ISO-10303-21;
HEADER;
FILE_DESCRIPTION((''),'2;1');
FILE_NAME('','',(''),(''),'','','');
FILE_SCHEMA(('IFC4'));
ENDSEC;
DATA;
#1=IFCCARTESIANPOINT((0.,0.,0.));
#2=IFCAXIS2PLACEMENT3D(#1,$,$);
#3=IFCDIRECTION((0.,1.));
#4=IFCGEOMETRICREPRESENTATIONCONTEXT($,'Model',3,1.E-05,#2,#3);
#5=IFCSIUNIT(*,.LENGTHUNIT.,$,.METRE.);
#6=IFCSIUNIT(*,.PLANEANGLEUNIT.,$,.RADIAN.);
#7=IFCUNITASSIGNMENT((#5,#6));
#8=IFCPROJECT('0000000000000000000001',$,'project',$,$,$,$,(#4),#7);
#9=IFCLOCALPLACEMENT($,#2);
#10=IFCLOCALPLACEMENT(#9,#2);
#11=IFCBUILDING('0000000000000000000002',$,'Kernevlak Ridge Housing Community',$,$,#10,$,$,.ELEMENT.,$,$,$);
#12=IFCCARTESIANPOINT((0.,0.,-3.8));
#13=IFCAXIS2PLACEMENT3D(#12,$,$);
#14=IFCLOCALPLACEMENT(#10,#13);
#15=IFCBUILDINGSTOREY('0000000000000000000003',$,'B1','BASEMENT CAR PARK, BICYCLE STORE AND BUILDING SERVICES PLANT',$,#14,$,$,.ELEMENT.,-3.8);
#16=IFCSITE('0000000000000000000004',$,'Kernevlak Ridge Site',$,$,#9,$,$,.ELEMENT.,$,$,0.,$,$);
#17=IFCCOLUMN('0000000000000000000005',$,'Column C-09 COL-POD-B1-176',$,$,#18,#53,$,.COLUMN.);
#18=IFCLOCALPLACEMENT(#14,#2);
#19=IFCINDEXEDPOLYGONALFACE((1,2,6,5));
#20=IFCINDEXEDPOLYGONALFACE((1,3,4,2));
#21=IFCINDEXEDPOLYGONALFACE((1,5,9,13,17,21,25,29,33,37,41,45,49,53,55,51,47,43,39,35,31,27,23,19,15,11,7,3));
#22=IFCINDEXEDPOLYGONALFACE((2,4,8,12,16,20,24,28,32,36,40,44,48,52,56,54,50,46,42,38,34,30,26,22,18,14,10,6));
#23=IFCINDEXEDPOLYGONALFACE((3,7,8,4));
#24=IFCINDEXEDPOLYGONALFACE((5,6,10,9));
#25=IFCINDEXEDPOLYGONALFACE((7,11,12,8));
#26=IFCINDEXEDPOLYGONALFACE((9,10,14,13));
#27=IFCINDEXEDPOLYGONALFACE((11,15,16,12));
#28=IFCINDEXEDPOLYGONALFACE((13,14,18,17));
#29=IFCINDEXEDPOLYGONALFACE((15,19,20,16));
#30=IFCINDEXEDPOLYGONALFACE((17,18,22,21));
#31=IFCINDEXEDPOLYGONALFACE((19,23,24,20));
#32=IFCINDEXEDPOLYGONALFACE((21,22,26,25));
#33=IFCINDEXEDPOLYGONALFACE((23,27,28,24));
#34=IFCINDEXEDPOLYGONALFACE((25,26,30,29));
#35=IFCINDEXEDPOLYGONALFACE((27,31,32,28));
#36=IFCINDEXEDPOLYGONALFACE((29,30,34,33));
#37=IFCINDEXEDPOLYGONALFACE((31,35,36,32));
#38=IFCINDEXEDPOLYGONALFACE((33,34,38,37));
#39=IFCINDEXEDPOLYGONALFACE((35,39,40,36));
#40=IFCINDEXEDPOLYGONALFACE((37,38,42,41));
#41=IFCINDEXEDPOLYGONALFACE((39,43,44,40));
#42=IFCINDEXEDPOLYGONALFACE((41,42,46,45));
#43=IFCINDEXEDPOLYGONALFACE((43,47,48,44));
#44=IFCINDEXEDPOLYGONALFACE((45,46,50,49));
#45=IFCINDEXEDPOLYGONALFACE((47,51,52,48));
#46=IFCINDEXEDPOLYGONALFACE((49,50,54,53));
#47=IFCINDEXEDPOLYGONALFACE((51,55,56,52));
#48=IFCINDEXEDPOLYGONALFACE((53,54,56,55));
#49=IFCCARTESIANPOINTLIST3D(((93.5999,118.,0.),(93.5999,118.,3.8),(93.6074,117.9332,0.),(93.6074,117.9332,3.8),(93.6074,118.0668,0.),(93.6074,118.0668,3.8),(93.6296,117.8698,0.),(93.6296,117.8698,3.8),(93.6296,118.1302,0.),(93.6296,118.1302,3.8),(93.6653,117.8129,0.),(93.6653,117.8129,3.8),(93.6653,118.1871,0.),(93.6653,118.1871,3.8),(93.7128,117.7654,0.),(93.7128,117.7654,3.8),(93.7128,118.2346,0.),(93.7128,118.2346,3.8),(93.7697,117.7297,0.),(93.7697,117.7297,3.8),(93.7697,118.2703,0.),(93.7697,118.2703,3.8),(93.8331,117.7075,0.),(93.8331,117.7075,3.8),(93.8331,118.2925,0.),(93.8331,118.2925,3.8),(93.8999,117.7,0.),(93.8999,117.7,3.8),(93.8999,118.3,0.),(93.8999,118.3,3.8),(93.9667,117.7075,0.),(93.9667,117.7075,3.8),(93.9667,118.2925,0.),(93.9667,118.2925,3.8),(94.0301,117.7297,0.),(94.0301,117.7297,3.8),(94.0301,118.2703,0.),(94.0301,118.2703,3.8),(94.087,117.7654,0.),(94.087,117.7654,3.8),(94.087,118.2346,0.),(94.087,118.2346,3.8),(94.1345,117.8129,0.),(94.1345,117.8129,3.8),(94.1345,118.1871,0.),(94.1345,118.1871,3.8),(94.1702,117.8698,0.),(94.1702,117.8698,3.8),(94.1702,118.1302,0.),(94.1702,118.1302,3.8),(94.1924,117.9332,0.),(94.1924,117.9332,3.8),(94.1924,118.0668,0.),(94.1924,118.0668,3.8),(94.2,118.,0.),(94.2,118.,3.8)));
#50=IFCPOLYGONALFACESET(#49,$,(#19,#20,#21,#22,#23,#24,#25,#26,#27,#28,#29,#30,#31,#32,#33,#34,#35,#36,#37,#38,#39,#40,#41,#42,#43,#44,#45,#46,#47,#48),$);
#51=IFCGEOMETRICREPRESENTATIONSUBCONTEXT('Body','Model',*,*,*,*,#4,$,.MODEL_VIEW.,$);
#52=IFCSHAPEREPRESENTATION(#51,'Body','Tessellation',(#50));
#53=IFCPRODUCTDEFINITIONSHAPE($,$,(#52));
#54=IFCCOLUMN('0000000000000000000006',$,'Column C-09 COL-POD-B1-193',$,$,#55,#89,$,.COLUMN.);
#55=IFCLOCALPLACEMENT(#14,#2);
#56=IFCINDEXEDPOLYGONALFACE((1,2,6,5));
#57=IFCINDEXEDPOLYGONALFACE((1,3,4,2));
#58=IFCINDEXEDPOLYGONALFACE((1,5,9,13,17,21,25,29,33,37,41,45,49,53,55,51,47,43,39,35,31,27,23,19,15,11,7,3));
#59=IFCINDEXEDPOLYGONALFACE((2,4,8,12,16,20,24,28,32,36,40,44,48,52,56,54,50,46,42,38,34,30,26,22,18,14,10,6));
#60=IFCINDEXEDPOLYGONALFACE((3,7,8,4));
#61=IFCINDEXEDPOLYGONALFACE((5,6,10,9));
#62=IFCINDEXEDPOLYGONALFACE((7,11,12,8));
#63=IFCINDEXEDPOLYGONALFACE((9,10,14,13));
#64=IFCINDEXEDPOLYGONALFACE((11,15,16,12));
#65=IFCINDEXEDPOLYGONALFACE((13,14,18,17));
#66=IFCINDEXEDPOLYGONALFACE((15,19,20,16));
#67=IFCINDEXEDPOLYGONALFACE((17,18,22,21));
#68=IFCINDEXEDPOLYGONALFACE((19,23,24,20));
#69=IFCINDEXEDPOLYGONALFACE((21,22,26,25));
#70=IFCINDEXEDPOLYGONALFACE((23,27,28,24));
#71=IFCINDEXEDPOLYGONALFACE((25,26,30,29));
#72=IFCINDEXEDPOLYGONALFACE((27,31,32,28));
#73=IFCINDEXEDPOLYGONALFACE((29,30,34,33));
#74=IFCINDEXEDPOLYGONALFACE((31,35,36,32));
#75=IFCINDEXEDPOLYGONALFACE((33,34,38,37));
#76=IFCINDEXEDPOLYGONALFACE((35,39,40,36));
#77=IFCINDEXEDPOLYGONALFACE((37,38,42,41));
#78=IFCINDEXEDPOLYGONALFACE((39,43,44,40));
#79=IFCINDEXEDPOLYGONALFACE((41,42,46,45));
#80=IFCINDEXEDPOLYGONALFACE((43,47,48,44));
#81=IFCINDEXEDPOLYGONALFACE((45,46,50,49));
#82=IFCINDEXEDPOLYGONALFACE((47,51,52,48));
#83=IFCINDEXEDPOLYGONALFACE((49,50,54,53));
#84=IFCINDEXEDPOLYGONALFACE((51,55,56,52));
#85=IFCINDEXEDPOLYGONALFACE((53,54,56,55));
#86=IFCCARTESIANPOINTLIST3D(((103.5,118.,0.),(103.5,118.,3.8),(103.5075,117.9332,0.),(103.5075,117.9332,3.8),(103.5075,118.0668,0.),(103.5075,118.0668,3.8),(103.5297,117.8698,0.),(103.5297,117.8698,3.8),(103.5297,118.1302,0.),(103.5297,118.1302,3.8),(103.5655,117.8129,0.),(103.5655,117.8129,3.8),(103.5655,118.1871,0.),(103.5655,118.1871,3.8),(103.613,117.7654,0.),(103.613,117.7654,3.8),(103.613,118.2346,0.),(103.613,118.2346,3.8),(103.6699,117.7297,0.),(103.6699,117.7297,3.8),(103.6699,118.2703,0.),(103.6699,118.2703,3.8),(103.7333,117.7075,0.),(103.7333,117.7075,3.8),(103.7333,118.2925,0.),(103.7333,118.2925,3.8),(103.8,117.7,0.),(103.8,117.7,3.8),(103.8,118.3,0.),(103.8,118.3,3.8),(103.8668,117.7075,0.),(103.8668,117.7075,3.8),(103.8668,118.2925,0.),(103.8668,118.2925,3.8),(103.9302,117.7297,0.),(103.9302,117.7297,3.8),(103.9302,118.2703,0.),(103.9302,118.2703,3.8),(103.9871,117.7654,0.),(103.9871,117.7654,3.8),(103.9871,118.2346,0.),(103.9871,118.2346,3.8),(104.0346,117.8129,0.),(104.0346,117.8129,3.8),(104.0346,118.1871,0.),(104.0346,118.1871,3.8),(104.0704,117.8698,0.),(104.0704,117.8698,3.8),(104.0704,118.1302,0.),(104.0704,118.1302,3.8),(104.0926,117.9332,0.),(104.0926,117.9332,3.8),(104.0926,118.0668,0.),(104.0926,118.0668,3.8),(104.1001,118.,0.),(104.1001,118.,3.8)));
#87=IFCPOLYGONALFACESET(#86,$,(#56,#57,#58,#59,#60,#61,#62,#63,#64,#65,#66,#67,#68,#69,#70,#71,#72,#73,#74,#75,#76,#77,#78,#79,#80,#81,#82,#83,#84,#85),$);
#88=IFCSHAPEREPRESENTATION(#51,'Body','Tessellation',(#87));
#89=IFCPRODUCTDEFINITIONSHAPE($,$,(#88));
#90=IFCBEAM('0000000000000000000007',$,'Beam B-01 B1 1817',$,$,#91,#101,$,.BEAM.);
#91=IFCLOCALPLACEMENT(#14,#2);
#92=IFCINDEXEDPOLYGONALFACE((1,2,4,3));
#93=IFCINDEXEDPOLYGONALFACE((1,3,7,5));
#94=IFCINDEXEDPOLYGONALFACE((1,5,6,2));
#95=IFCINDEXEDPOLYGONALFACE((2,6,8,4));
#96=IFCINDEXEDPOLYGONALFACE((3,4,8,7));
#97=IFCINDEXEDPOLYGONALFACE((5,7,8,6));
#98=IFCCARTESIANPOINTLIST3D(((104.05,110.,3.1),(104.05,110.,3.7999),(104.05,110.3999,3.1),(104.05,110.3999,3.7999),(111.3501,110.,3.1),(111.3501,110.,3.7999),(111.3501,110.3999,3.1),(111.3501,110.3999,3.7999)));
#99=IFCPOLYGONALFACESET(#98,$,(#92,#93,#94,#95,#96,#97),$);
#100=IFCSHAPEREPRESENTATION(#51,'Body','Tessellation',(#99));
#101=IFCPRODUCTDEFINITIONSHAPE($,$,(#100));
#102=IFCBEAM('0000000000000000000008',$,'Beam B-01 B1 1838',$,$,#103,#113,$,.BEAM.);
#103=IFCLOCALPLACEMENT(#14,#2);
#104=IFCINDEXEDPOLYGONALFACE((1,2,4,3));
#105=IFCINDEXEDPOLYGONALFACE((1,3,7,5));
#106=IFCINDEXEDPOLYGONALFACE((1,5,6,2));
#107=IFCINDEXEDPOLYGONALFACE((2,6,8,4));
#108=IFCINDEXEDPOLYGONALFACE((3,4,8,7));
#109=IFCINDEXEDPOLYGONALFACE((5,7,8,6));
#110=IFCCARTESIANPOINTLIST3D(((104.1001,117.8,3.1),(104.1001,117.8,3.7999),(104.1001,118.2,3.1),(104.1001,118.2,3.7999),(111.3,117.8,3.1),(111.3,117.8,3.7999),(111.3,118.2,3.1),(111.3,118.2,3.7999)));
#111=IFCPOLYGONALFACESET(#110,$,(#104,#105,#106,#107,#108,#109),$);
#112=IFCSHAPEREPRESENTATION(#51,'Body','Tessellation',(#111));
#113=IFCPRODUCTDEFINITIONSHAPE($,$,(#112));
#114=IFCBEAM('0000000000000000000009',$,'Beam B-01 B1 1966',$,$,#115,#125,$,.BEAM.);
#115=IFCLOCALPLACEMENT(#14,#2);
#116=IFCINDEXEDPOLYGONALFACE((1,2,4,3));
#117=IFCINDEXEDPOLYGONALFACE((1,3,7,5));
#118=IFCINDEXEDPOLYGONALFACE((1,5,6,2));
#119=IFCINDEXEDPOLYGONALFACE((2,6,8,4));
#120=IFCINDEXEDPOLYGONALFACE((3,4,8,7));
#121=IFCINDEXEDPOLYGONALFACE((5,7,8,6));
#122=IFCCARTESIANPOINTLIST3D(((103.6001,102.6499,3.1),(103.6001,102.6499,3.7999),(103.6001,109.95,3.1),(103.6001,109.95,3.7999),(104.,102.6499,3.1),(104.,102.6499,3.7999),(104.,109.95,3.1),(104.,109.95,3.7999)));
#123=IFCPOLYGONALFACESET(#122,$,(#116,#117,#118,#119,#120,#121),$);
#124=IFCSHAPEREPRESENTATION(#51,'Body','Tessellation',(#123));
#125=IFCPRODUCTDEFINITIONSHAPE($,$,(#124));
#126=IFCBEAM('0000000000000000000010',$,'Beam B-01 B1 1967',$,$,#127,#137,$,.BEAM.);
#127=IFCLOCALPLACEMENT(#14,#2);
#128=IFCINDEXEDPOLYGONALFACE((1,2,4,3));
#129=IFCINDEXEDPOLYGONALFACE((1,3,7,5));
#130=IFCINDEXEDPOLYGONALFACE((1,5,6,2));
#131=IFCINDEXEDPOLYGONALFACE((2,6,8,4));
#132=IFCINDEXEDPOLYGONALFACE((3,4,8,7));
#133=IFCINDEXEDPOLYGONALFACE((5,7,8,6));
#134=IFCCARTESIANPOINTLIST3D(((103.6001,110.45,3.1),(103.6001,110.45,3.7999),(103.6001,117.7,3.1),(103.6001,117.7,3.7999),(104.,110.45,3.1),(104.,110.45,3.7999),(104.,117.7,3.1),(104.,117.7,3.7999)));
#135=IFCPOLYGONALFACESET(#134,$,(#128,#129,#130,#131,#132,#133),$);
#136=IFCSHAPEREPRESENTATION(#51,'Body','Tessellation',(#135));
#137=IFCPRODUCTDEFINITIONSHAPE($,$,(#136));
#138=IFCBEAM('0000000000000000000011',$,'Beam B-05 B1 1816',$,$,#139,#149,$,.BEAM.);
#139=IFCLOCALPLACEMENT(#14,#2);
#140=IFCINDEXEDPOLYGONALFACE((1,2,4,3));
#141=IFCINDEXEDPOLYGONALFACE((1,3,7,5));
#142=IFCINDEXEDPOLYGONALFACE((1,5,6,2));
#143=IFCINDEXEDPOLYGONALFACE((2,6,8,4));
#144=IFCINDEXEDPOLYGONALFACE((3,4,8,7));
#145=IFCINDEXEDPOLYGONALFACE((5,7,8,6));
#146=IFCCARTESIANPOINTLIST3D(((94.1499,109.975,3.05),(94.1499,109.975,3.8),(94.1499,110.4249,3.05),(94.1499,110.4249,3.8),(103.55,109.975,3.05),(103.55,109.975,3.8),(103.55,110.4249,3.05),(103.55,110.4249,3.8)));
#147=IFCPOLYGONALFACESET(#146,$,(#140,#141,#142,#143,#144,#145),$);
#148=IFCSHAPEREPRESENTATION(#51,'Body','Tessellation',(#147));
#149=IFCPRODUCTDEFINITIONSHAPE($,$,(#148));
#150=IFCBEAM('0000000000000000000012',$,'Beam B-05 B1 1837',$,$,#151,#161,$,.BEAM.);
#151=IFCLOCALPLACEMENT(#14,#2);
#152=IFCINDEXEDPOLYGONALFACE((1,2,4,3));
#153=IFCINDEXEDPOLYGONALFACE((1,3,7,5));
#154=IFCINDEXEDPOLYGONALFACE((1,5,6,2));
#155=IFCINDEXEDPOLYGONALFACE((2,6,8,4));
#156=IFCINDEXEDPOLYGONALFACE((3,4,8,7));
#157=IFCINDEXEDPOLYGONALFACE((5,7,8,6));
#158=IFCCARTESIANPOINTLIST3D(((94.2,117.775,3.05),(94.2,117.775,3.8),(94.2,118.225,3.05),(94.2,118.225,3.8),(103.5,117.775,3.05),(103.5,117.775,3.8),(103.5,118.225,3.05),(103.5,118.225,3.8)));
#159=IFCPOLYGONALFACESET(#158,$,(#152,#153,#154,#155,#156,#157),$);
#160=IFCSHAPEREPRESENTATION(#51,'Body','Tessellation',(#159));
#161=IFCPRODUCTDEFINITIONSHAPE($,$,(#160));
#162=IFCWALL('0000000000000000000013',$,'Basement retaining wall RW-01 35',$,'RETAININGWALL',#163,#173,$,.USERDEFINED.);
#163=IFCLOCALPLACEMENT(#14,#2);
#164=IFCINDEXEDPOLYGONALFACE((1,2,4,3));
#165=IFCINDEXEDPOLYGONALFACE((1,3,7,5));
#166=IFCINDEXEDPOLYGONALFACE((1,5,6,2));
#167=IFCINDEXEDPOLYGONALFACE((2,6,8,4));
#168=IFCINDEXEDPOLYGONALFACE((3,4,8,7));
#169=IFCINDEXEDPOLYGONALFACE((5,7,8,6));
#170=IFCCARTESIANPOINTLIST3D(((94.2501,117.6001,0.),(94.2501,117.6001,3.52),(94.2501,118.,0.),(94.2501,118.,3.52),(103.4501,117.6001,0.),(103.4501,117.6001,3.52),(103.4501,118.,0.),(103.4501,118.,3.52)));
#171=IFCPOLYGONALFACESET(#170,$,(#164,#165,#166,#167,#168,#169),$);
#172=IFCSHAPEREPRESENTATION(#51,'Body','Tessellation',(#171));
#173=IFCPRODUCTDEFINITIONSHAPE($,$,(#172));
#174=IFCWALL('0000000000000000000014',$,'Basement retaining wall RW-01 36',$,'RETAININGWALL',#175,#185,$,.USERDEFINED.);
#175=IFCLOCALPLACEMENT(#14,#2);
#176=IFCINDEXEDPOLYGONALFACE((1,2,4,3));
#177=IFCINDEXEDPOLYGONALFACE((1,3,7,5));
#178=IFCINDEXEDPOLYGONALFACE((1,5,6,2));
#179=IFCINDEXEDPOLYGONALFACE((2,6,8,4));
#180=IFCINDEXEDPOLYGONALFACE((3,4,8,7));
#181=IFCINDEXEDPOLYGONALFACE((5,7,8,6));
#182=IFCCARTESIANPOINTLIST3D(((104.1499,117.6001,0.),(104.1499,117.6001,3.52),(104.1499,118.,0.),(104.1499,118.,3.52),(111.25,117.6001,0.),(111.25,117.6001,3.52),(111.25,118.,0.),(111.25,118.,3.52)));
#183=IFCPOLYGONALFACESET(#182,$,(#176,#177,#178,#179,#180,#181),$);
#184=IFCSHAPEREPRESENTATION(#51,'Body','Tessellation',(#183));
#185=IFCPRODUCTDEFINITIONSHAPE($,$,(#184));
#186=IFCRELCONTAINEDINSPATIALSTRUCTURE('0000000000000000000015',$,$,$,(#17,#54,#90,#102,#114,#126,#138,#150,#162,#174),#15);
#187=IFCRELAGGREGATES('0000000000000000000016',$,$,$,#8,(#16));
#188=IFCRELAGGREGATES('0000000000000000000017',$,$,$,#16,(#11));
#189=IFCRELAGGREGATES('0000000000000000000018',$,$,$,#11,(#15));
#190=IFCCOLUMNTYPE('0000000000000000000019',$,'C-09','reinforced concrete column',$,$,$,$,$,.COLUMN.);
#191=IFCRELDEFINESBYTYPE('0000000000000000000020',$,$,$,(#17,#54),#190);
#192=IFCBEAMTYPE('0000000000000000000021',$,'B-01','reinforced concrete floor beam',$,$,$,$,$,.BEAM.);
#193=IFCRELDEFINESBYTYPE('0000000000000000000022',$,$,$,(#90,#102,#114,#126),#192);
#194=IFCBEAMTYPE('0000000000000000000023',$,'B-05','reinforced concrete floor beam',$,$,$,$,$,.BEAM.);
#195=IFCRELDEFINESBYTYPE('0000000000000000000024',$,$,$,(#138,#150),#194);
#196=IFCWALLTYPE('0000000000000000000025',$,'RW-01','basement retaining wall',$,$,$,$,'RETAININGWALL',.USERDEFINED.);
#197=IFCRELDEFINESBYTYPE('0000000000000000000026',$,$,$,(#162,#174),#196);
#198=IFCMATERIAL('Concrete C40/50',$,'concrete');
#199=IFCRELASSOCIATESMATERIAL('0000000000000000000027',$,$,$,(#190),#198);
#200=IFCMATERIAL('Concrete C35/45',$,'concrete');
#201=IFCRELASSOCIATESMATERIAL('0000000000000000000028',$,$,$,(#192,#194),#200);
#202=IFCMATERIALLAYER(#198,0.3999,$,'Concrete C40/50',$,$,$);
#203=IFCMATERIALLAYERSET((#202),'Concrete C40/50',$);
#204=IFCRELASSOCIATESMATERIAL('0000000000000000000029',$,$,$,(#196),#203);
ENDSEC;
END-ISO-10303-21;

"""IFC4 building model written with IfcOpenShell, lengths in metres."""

from ifc_helpers import new_model, si_unit, direction, frame, frame_2d, origin, origin_2d, place, context, subcontext, project, spatial, rectangle, circle, extrude, material, layer, layer_set, material_profile, profile_set, type_object, element, save


model = new_model("IFC4")

# Units and contexts
model_context = context("Model", 3, precision=1e-05, world=origin(), true_north=direction((0.0, 1.0)))
body_context = subcontext(model_context, "Body", "Model", "MODEL_VIEW")
ifc_project = project(units=[si_unit("LENGTHUNIT", "METRE"), si_unit("PLANEANGLEUNIT", "RADIAN")], contexts=[model_context])

# Site, building, storey
site_placement = place(None, origin())
site = spatial("IfcSite", under=ifc_project, at=site_placement, Name="Kernevlak Ridge Site", CompositionType="ELEMENT", RefElevation=0.0)
building_placement = place(site_placement, origin())
building = spatial("IfcBuilding", under=site, at=building_placement, Name="Kernevlak Ridge Housing Community", CompositionType="ELEMENT")
storey_placement = place(building_placement, frame((0.0, 0.0, -3.8)))
storey = spatial("IfcBuildingStorey", under=building, at=storey_placement, Name="B1", Description="BASEMENT CAR PARK, BICYCLE STORE AND BUILDING SERVICES PLANT", CompositionType="ELEMENT", Elevation=-3.8)

# Shared definitions
ifc_material_1 = material(Name="Concrete C35/45", Category="concrete")

# Columns
ifc_material_2 = material(Name="Concrete C40/50", Category="concrete")
ifc_material_profile_1 = material_profile(ifc_material_2, circle(Radius=0.3, at=origin_2d()), Name="RC D600")
ifc_profile_set_1 = profile_set([ifc_material_profile_1], Name="Concrete C40/50")
column_type_1 = type_object("IfcColumnType", Name="C-09", Description="reinforced concrete column", PredefinedType="COLUMN", material=ifc_profile_set_1)
for number, where, z_axis, x_axis, name in (
    (1, (93.8999, 118.0, 0.0), (0.0, 0.0, 1.0), (1.0, 0.0, 0.0), "Column C-09 COL-POD-B1-176"),
    (2, (103.8, 118.0, 0.0), (0.0, 0.0, 1.0), (1.0, 0.0, 0.0), "Column C-09 COL-POD-B1-193"),
):
    element("IfcColumn", number, at=place(storey_placement, frame(where, z_axis=z_axis, x_axis=x_axis)), inside=storey, type_object=column_type_1, Name=name, PredefinedType="COLUMN", context=body_context, shape_type="SweptSolid", body=[
        extrude(circle(Radius=0.3, at=origin_2d()), origin(), (0.0, 0.0, 1.0), 3.8),
    ])

# Beams
ifc_material_profile_2 = material_profile(ifc_material_1, rectangle(XDim=0.3999, YDim=0.7, at=origin_2d()), Name="RC 400x700")
ifc_profile_set_2 = profile_set([ifc_material_profile_2], Name="Concrete C35/45")
beam_type_1 = type_object("IfcBeamType", Name="B-01", Description="reinforced concrete floor beam", PredefinedType="BEAM", material=ifc_profile_set_2)
beam_1_placement = place(storey_placement, frame((104.05, 110.2, 3.45), z_axis=(1.0, 0.0, 0.0), x_axis=(0.0, 1.0, 0.0)))
element("IfcBeam", 3, at=beam_1_placement, inside=storey, type_object=beam_type_1, Name="Beam B-01 B1 1817", PredefinedType="BEAM", context=body_context, shape_type="SweptSolid", body=[
    extrude(rectangle(XDim=0.3999, YDim=0.7, at=origin_2d()), origin(), (0.0, 0.0, 1.0), 7.3),
])
beam_2_placement = place(storey_placement, frame((104.1001, 118.0, 3.45), z_axis=(1.0, 0.0, 0.0), x_axis=(0.0, 1.0, 0.0)))
element("IfcBeam", 4, at=beam_2_placement, inside=storey, type_object=beam_type_1, Name="Beam B-01 B1 1838", PredefinedType="BEAM", context=body_context, shape_type="SweptSolid", body=[
    extrude(rectangle(XDim=0.3999, YDim=0.7, at=origin_2d()), origin(), (0.0, 0.0, 1.0), 7.2),
])
beam_3_placement = place(storey_placement, frame((103.8, 102.6499, 3.45), z_axis=(0.0, 1.0, 0.0), x_axis=(-1.0, 0.0, 0.0)))
element("IfcBeam", 5, at=beam_3_placement, inside=storey, type_object=beam_type_1, Name="Beam B-01 B1 1966", PredefinedType="BEAM", context=body_context, shape_type="SweptSolid", body=[
    extrude(rectangle(XDim=0.3999, YDim=0.7, at=origin_2d()), origin(), (0.0, 0.0, 1.0), 7.3),
])
beam_4_placement = place(storey_placement, frame((103.8, 110.45, 3.45), z_axis=(0.0, 1.0, 0.0), x_axis=(-1.0, 0.0, 0.0)))
element("IfcBeam", 6, at=beam_4_placement, inside=storey, type_object=beam_type_1, Name="Beam B-01 B1 1967", PredefinedType="BEAM", context=body_context, shape_type="SweptSolid", body=[
    extrude(rectangle(XDim=0.3999, YDim=0.7, at=origin_2d()), origin(), (0.0, 0.0, 1.0), 7.25),
])
ifc_material_profile_3 = material_profile(ifc_material_1, rectangle(XDim=0.45, YDim=0.75, at=origin_2d()), Name="RC 450x750")
ifc_profile_set_3 = profile_set([ifc_material_profile_3], Name="Concrete C35/45")
beam_type_2 = type_object("IfcBeamType", Name="B-05", Description="reinforced concrete floor beam", PredefinedType="BEAM", material=ifc_profile_set_3)
beam_5_placement = place(storey_placement, frame((94.1499, 110.2, 3.425), z_axis=(1.0, 0.0, 0.0), x_axis=(0.0, 1.0, 0.0)))
element("IfcBeam", 7, at=beam_5_placement, inside=storey, type_object=beam_type_2, Name="Beam B-05 B1 1816", PredefinedType="BEAM", context=body_context, shape_type="SweptSolid", body=[
    extrude(rectangle(XDim=0.45, YDim=0.75, at=origin_2d()), origin(), (0.0, 0.0, 1.0), 9.4001),
])
beam_6_placement = place(storey_placement, frame((94.2, 118.0, 3.425), z_axis=(1.0, 0.0, 0.0), x_axis=(0.0, 1.0, 0.0)))
element("IfcBeam", 8, at=beam_6_placement, inside=storey, type_object=beam_type_2, Name="Beam B-05 B1 1837", PredefinedType="BEAM", context=body_context, shape_type="SweptSolid", body=[
    extrude(rectangle(XDim=0.45, YDim=0.75, at=origin_2d()), origin(), (0.0, 0.0, 1.0), 9.3),
])

# Walls
ifc_layer = layer(ifc_material_2, 0.3999, Name="Concrete C40/50")
ifc_layer_set = layer_set([ifc_layer], Name="Concrete C40/50")
wall_type = type_object("IfcWallType", Name="RW-01", Description="basement retaining wall", ElementType="RETAININGWALL", PredefinedType="USERDEFINED", material=ifc_layer_set)
wall_1_placement = place(storey_placement, frame((94.25, 117.8, 0.0), z_axis=(0.0, 0.0, 1.0), x_axis=(1.0, 0.0, 0.0)))
element("IfcWall", 9, at=wall_1_placement, inside=storey, type_object=wall_type, Name="Basement retaining wall RW-01 35", ObjectType="RETAININGWALL", PredefinedType="USERDEFINED", context=body_context, shape_type="SweptSolid", body=[
    extrude(rectangle(XDim=9.2, YDim=0.3999, at=frame_2d((4.6001, 0.0))), origin(), (0.0, 0.0, 1.0), 3.52),
])
wall_2_placement = place(storey_placement, frame((104.1499, 117.8, 0.0), z_axis=(0.0, 0.0, 1.0), x_axis=(1.0, 0.0, 0.0)))
element("IfcWall", 10, at=wall_2_placement, inside=storey, type_object=wall_type, Name="Basement retaining wall RW-01 36", ObjectType="RETAININGWALL", PredefinedType="USERDEFINED", context=body_context, shape_type="SweptSolid", body=[
    extrude(rectangle(XDim=7.1001, YDim=0.3999, at=frame_2d((3.55, 0.0))), origin(), (0.0, 0.0, 1.0), 3.52),
])

save(model, "model.ifc")
